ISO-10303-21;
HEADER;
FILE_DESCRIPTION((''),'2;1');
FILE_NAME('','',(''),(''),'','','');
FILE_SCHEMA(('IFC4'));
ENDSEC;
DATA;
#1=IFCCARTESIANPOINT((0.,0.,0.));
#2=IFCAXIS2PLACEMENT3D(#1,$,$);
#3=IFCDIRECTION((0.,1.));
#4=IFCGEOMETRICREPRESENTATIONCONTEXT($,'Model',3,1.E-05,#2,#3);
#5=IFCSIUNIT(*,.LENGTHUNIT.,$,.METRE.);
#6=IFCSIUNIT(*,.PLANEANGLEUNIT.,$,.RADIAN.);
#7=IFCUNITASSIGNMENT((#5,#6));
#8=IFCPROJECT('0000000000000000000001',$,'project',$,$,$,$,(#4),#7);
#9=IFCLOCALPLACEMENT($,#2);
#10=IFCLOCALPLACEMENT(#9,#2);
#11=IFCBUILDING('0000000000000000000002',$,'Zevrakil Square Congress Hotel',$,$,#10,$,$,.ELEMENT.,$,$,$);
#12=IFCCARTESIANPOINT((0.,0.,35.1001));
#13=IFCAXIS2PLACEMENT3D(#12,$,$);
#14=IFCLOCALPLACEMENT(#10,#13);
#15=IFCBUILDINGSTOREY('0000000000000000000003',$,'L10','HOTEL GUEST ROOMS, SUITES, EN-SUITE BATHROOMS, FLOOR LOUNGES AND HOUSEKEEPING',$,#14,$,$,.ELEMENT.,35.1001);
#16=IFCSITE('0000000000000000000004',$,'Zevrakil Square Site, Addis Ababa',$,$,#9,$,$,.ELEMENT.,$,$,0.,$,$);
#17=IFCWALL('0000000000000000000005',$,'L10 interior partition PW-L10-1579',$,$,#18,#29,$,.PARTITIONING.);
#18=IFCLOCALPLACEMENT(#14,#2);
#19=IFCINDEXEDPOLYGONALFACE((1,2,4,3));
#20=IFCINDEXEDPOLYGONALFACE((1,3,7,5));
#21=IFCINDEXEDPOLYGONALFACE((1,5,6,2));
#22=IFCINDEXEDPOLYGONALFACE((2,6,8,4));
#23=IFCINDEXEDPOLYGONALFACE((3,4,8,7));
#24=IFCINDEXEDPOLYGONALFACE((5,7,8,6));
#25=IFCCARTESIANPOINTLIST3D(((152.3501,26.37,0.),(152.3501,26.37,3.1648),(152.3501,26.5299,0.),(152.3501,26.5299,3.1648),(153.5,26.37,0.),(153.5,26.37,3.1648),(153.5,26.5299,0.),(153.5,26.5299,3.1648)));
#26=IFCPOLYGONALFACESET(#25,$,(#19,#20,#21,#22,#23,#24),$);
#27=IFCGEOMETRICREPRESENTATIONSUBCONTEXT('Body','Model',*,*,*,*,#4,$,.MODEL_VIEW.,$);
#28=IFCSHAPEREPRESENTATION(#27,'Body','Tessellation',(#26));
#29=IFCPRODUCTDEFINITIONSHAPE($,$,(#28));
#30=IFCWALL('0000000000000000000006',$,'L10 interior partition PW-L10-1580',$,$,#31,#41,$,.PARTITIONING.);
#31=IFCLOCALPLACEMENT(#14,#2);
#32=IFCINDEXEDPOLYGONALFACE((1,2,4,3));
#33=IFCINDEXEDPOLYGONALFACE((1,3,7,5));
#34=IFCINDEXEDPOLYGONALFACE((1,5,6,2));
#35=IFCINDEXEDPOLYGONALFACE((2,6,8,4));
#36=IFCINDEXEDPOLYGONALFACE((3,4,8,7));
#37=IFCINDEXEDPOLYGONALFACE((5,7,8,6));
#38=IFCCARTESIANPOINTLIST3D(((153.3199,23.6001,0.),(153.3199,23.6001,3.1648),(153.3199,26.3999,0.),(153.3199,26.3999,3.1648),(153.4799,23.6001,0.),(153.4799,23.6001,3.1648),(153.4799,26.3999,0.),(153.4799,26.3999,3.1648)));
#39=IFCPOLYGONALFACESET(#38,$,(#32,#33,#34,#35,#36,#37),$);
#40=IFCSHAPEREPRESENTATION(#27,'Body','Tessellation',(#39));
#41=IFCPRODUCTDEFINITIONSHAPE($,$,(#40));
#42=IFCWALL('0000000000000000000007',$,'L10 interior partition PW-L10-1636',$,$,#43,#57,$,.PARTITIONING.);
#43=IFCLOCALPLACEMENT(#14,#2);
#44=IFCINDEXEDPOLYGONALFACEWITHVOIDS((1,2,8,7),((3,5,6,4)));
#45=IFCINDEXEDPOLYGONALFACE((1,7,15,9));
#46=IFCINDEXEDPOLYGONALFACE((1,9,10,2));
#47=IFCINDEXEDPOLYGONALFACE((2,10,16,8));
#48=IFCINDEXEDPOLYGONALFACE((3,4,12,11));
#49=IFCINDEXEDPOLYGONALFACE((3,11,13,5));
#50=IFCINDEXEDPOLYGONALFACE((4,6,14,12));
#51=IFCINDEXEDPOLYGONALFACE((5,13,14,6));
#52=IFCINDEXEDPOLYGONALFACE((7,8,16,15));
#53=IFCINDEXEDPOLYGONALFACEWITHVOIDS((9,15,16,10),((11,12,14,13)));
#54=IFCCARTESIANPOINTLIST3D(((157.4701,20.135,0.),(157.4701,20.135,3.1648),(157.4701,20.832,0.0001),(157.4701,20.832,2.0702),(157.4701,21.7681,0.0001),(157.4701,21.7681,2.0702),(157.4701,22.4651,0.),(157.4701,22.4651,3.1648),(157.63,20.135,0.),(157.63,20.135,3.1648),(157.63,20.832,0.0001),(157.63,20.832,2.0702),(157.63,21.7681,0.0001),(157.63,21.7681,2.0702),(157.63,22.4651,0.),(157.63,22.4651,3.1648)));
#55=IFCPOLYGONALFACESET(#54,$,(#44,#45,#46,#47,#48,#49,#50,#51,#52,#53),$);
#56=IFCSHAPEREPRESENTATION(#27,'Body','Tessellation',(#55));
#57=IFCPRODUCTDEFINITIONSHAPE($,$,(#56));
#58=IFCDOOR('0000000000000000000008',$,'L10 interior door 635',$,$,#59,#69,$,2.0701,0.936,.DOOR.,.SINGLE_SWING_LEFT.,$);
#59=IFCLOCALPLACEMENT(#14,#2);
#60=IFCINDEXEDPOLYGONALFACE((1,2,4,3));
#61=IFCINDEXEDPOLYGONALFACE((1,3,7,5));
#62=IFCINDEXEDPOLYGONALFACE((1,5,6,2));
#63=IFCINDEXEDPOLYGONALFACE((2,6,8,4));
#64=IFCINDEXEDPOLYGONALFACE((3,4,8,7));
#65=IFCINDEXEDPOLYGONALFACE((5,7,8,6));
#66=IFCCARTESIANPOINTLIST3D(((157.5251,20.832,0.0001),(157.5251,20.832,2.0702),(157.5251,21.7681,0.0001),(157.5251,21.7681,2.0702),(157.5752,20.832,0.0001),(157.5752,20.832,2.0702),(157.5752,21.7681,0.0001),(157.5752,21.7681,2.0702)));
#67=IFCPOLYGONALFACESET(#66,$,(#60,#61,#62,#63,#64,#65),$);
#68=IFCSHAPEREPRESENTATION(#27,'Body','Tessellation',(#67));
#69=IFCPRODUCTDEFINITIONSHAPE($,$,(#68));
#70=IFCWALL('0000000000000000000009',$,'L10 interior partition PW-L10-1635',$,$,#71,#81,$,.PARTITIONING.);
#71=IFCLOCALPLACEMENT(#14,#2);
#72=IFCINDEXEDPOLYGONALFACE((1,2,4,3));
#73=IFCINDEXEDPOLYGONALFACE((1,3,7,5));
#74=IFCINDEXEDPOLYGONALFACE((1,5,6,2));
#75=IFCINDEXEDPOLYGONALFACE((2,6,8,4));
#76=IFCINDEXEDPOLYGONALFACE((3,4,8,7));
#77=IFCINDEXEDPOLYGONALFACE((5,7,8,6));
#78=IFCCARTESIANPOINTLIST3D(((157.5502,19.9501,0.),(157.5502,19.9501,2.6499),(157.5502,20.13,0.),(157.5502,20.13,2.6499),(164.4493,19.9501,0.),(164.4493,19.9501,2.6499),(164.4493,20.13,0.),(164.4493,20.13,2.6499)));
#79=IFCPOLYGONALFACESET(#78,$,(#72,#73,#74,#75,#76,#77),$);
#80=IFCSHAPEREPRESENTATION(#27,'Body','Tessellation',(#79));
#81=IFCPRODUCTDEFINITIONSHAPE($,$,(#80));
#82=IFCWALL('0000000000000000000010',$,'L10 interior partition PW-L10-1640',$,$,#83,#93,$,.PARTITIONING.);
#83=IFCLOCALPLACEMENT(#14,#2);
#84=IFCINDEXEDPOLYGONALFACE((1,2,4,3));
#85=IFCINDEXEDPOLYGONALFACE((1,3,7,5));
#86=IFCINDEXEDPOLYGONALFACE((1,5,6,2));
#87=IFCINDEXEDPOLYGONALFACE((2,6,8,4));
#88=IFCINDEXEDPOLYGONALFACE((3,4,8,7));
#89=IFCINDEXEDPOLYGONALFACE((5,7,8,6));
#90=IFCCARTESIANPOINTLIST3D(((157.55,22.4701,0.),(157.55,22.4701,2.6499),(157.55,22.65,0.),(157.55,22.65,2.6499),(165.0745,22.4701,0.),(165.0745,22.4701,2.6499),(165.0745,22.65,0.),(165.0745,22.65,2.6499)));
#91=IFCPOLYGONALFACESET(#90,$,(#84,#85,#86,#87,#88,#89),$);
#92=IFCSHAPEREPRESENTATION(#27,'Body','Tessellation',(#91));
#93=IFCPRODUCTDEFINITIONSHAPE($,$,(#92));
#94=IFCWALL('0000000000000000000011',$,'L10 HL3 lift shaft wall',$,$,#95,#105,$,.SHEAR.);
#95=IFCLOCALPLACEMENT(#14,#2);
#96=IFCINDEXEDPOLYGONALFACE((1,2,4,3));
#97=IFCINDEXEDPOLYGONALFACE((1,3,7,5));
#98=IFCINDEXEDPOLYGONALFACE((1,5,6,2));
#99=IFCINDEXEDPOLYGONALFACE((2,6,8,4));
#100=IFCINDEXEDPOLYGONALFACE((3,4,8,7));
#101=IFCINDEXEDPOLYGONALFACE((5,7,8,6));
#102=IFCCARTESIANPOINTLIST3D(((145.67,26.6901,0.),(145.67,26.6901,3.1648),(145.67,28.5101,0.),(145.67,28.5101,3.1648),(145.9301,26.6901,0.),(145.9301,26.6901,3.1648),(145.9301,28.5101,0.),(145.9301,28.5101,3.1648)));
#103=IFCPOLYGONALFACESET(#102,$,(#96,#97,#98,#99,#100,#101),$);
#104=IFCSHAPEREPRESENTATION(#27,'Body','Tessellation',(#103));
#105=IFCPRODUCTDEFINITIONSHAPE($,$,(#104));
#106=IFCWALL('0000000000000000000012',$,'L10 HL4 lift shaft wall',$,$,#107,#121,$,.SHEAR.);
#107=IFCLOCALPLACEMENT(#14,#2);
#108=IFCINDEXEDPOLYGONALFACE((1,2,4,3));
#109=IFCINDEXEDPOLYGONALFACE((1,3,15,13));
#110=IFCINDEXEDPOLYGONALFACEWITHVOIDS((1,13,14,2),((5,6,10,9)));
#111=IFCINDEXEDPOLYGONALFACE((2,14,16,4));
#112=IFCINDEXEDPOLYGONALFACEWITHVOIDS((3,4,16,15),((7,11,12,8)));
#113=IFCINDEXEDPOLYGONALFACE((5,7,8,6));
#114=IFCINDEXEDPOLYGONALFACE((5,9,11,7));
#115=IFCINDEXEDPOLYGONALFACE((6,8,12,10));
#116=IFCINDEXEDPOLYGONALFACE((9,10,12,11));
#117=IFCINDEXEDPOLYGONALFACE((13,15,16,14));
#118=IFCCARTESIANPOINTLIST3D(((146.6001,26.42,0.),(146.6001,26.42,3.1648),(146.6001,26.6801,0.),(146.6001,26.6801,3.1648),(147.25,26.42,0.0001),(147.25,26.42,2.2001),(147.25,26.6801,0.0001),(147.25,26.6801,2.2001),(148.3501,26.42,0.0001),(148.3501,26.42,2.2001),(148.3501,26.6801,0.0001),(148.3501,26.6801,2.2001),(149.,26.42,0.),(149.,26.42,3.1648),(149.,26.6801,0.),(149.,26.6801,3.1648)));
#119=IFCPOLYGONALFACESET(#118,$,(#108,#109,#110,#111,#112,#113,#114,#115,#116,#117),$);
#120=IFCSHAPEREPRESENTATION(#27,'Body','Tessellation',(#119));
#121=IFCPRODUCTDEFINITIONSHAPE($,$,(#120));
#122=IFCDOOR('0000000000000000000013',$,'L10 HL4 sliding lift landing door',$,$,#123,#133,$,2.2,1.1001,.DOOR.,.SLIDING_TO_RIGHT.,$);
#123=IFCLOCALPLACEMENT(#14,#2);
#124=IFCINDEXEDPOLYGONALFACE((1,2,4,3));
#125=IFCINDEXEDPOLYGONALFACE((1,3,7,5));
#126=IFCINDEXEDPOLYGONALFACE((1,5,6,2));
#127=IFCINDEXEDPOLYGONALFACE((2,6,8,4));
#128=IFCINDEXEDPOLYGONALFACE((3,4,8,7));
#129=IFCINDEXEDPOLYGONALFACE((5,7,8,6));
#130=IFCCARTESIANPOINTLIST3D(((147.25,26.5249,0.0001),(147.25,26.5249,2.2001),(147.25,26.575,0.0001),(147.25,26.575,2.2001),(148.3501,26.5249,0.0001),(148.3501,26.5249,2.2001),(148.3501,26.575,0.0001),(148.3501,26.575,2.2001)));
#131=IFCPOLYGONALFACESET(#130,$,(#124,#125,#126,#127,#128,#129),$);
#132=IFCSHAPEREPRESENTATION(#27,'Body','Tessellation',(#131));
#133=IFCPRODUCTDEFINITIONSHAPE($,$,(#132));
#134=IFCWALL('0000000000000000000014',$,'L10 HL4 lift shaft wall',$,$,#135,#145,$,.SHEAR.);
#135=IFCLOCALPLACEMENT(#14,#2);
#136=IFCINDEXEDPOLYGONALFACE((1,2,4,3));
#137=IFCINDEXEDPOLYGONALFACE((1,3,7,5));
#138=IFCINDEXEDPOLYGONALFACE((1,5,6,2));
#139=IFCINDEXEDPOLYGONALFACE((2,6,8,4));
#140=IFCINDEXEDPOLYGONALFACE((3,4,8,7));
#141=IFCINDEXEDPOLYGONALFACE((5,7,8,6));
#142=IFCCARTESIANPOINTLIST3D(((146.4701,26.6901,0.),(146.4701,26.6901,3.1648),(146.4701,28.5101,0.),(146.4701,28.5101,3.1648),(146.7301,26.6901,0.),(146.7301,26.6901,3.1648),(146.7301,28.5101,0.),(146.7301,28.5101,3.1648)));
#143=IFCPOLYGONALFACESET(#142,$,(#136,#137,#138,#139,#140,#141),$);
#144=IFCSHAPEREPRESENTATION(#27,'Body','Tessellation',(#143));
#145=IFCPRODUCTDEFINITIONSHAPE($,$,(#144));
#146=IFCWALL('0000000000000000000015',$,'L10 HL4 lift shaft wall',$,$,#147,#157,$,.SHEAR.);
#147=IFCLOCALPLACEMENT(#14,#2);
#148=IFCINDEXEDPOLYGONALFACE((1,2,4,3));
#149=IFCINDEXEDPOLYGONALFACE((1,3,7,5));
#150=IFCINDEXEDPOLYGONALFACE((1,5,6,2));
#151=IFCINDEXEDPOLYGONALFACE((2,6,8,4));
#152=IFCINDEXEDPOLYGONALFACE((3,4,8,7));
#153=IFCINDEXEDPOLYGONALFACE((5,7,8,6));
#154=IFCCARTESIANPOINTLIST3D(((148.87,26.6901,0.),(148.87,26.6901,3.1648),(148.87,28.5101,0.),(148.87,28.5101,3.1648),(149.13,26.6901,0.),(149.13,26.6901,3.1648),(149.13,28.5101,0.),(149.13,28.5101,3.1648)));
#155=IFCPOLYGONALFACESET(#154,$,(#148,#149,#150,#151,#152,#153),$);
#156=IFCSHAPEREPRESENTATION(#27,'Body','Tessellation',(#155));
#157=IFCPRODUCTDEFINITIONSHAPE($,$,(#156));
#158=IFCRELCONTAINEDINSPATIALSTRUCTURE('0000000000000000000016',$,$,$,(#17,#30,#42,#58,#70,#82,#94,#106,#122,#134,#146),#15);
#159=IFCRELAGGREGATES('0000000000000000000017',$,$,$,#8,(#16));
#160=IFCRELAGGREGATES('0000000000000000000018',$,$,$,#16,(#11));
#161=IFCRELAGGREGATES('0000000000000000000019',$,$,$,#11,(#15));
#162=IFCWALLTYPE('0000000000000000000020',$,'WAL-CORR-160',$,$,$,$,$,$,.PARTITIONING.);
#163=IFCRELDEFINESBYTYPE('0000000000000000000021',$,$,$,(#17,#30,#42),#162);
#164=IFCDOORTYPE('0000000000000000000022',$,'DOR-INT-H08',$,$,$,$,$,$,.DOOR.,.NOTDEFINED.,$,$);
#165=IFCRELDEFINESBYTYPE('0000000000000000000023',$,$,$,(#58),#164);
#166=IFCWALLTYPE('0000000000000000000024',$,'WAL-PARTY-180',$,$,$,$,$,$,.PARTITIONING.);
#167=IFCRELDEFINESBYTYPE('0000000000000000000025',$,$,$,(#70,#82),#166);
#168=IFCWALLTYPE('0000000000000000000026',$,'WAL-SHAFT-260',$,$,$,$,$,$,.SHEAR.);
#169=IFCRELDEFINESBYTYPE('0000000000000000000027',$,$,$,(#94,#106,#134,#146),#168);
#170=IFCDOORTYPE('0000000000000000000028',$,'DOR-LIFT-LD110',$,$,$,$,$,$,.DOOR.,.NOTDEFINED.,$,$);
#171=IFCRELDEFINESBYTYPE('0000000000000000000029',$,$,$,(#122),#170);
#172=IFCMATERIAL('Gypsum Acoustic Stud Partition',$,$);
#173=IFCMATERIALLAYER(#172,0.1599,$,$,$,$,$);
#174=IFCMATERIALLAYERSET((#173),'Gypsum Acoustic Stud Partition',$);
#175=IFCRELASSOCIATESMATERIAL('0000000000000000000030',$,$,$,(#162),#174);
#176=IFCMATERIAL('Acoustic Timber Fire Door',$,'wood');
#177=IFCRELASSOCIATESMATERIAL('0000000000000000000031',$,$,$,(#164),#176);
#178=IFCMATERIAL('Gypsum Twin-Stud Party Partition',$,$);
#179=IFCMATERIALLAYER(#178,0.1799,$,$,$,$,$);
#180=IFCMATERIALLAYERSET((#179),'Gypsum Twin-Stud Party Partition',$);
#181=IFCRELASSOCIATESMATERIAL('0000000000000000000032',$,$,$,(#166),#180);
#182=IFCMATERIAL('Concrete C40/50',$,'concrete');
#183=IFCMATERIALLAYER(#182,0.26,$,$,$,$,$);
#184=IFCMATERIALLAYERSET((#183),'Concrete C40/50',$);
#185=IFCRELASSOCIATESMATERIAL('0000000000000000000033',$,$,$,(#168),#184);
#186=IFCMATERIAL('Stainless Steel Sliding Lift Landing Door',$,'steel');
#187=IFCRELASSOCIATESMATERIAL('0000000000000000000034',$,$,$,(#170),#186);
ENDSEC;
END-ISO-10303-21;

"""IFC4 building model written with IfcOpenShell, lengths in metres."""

from ifc_helpers import new_model, si_unit, direction, frame, frame_2d, origin, place, context, subcontext, project, spatial, rectangle, extrude, material, layer, layer_set, type_object, element, fill, save


model = new_model("IFC4")

# Units and contexts
model_context = context("Model", 3, precision=1e-05, world=origin(), true_north=direction((0.0, 1.0)))
body_context = subcontext(model_context, "Body", "Model", "MODEL_VIEW")
ifc_project = project(units=[si_unit("LENGTHUNIT", "METRE"), si_unit("PLANEANGLEUNIT", "RADIAN")], contexts=[model_context])

# Site, building, storey
site_placement = place(None, origin())
site = spatial("IfcSite", under=ifc_project, at=site_placement, Name="Zevrakil Square Site, Addis Ababa", CompositionType="ELEMENT", RefElevation=0.0)
building_placement = place(site_placement, origin())
building = spatial("IfcBuilding", under=site, at=building_placement, Name="Zevrakil Square Congress Hotel", CompositionType="ELEMENT")
storey_placement = place(building_placement, frame((0.0, 0.0, 35.1001)))
storey = spatial("IfcBuildingStorey", under=building, at=storey_placement, Name="L10", Description="HOTEL GUEST ROOMS, SUITES, EN-SUITE BATHROOMS, FLOOR LOUNGES AND HOUSEKEEPING", CompositionType="ELEMENT", Elevation=35.1001)

# Walls
ifc_material_1 = material(Name="Gypsum Acoustic Stud Partition")
ifc_layer_1 = layer(ifc_material_1, 0.1599)
ifc_layer_set_1 = layer_set([ifc_layer_1], Name="Gypsum Acoustic Stud Partition")
wall_type_1 = type_object("IfcWallType", Name="WAL-CORR-160", PredefinedType="PARTITIONING", material=ifc_layer_set_1)
wall_1_placement = place(storey_placement, frame((152.3501, 26.45, 0.0), z_axis=(0.0, 0.0, 1.0), x_axis=(1.0, 0.0, 0.0)))
element("IfcWall", 1, at=wall_1_placement, inside=storey, type_object=wall_type_1, Name="L10 interior partition PW-L10-1579", PredefinedType="PARTITIONING", context=body_context, shape_type="SweptSolid", body=[
    extrude(rectangle(XDim=1.1499, YDim=0.1599, at=frame_2d((0.575, 0.0))), origin(), (0.0, 0.0, 1.0), 3.1648),
])
wall_2_placement = place(storey_placement, frame((153.3999, 23.6001, 0.0), z_axis=(0.0, 0.0, 1.0), x_axis=(0.0, 1.0, 0.0)))
element("IfcWall", 2, at=wall_2_placement, inside=storey, type_object=wall_type_1, Name="L10 interior partition PW-L10-1580", PredefinedType="PARTITIONING", context=body_context, shape_type="SweptSolid", body=[
    extrude(rectangle(XDim=2.7998, YDim=0.1599, at=frame_2d((1.3999, 0.0))), origin(), (0.0, 0.0, 1.0), 3.1648),
])

# Wall, opening, door
wall_3_placement = place(storey_placement, frame((157.55, 20.135, 0.0), z_axis=(0.0, 0.0, 1.0), x_axis=(0.0, 1.0, 0.0)))
wall_3 = element("IfcWall", 3, at=wall_3_placement, inside=storey, type_object=wall_type_1, Name="L10 interior partition PW-L10-1636", PredefinedType="PARTITIONING", context=body_context, shape_type="SweptSolid", body=[
    extrude(rectangle(XDim=2.3301, YDim=0.1599, at=frame_2d((1.165, 0.0))), origin(), (0.0, 0.0, 1.0), 3.1648),
])
opening_1_placement = place(wall_3_placement, frame((0.697, 0.0, 0.0)))
opening_1 = element("IfcOpeningElement", 4, at=opening_1_placement, cuts=wall_3, PredefinedType="OPENING", context=body_context, shape_type="SweptSolid", body=[
    extrude(rectangle(XDim=0.936, YDim=2.0701, at=frame_2d((0.468, 1.0352))), frame((0.0, 0.0898, 0.0), z_axis=(0.0, -1.0, 0.0), x_axis=(1.0, 0.0, 0.0)), (0.0, 0.0, 1.0), 0.1799),
])
ifc_material_2 = material(Name="Acoustic Timber Fire Door", Category="wood")
door_type_1 = type_object("IfcDoorType", Name="DOR-INT-H08", OperationType="NOTDEFINED", PredefinedType="DOOR", material=ifc_material_2)
door_1_placement = place(opening_1_placement, origin())
door_1 = element("IfcDoor", 5, at=door_1_placement, inside=storey, type_object=door_type_1, Name="L10 interior door 635", OperationType="SINGLE_SWING_LEFT", OverallHeight=2.0701, OverallWidth=0.936, PredefinedType="DOOR", context=body_context, shape_type="SweptSolid", body=[
    extrude(rectangle(XDim=0.936, YDim=2.0701, at=frame_2d((0.468, 1.0352))), frame((0.0, 0.0249, 0.0), z_axis=(0.0, -1.0, 0.0), x_axis=(1.0, 0.0, 0.0)), (0.0, 0.0, 1.0), 0.05),
])
fill(opening_1, door_1)

# Walls
ifc_material_3 = material(Name="Gypsum Twin-Stud Party Partition")
ifc_layer_2 = layer(ifc_material_3, 0.1799)
ifc_layer_set_2 = layer_set([ifc_layer_2], Name="Gypsum Twin-Stud Party Partition")
wall_type_2 = type_object("IfcWallType", Name="WAL-PARTY-180", PredefinedType="PARTITIONING", material=ifc_layer_set_2)
wall_4_placement = place(storey_placement, frame((157.55, 20.04, 0.0), z_axis=(0.0, 0.0, 1.0), x_axis=(1.0, 0.0, 0.0)))
element("IfcWall", 6, at=wall_4_placement, inside=storey, type_object=wall_type_2, Name="L10 interior partition PW-L10-1635", PredefinedType="PARTITIONING", context=body_context, shape_type="SweptSolid", body=[
    extrude(rectangle(XDim=6.8992, YDim=0.1799, at=frame_2d((3.4497, 0.0))), origin(), (0.0, 0.0, 1.0), 2.6499),
])
wall_5_placement = place(storey_placement, frame((157.55, 22.5601, 0.0), z_axis=(0.0, 0.0, 1.0), x_axis=(1.0, 0.0, 0.0)))
element("IfcWall", 7, at=wall_5_placement, inside=storey, type_object=wall_type_2, Name="L10 interior partition PW-L10-1640", PredefinedType="PARTITIONING", context=body_context, shape_type="SweptSolid", body=[
    extrude(rectangle(XDim=7.5244, YDim=0.1799, at=frame_2d((3.7622, 0.0))), origin(), (0.0, 0.0, 1.0), 2.6499),
])
ifc_material_4 = material(Name="Concrete C40/50", Category="concrete")
ifc_layer_3 = layer(ifc_material_4, 0.26)
ifc_layer_set_3 = layer_set([ifc_layer_3], Name="Concrete C40/50")
wall_type_3 = type_object("IfcWallType", Name="WAL-SHAFT-260", PredefinedType="SHEAR", material=ifc_layer_set_3)
wall_6_placement = place(storey_placement, frame((145.8, 26.6899, 0.0), z_axis=(0.0, 0.0, 1.0), x_axis=(0.0, 1.0, 0.0)))
element("IfcWall", 8, at=wall_6_placement, inside=storey, type_object=wall_type_3, Name="L10 HL3 lift shaft wall", PredefinedType="SHEAR", context=body_context, shape_type="SweptSolid", body=[
    extrude(rectangle(XDim=1.8201, YDim=0.26, at=frame_2d((0.9102, 0.0))), origin(), (0.0, 0.0, 1.0), 3.1648),
])

# Wall, opening, door
wall_7_placement = place(storey_placement, frame((146.6001, 26.55, 0.0), z_axis=(0.0, 0.0, 1.0), x_axis=(1.0, 0.0, 0.0)))
wall_7 = element("IfcWall", 9, at=wall_7_placement, inside=storey, type_object=wall_type_3, Name="L10 HL4 lift shaft wall", PredefinedType="SHEAR", context=body_context, shape_type="SweptSolid", body=[
    extrude(rectangle(XDim=2.3999, YDim=0.26, at=frame_2d((1.2, 0.0))), origin(), (0.0, 0.0, 1.0), 3.1648),
])
opening_2_placement = place(wall_7_placement, frame((0.6499, 0.0, 0.0)))
opening_2 = element("IfcOpeningElement", 10, at=opening_2_placement, cuts=wall_7, PredefinedType="OPENING", context=body_context, shape_type="SweptSolid", body=[
    extrude(rectangle(XDim=1.1001, YDim=2.2, at=frame_2d((0.55, 1.1001))), frame((0.0, 0.1401, 0.0), z_axis=(0.0, -1.0, 0.0), x_axis=(1.0, 0.0, 0.0)), (0.0, 0.0, 1.0), 0.28),
])
ifc_material_5 = material(Name="Stainless Steel Sliding Lift Landing Door", Category="steel")
door_type_2 = type_object("IfcDoorType", Name="DOR-LIFT-LD110", OperationType="NOTDEFINED", PredefinedType="DOOR", material=ifc_material_5)
door_2_placement = place(opening_2_placement, origin())
door_2 = element("IfcDoor", 11, at=door_2_placement, inside=storey, type_object=door_type_2, Name="L10 HL4 sliding lift landing door", OperationType="SLIDING_TO_RIGHT", OverallHeight=2.2, OverallWidth=1.1001, PredefinedType="DOOR", context=body_context, shape_type="SweptSolid", body=[
    extrude(rectangle(XDim=1.1001, YDim=2.2, at=frame_2d((0.55, 1.1001))), frame((0.0, 0.0249, 0.0), z_axis=(0.0, -1.0, 0.0), x_axis=(1.0, 0.0, 0.0)), (0.0, 0.0, 1.0), 0.05),
])
fill(opening_2, door_2)

# Walls
for number, where, z_axis, x_axis, name in (
    (12, (146.6001, 26.6899, 0.0), (0.0, 0.0, 1.0), (0.0, 1.0, 0.0), "L10 HL4 lift shaft wall"),
    (13, (149.0, 26.6899, 0.0), (0.0, 0.0, 1.0), (0.0, 1.0, 0.0), "L10 HL4 lift shaft wall"),
):
    element("IfcWall", number, at=place(storey_placement, frame(where, z_axis=z_axis, x_axis=x_axis)), inside=storey, type_object=wall_type_3, Name=name, PredefinedType="SHEAR", context=body_context, shape_type="SweptSolid", body=[
        extrude(rectangle(XDim=1.8201, YDim=0.26, at=frame_2d((0.9102, 0.0))), origin(), (0.0, 0.0, 1.0), 3.1648),
    ])

save(model, "model.ifc")
